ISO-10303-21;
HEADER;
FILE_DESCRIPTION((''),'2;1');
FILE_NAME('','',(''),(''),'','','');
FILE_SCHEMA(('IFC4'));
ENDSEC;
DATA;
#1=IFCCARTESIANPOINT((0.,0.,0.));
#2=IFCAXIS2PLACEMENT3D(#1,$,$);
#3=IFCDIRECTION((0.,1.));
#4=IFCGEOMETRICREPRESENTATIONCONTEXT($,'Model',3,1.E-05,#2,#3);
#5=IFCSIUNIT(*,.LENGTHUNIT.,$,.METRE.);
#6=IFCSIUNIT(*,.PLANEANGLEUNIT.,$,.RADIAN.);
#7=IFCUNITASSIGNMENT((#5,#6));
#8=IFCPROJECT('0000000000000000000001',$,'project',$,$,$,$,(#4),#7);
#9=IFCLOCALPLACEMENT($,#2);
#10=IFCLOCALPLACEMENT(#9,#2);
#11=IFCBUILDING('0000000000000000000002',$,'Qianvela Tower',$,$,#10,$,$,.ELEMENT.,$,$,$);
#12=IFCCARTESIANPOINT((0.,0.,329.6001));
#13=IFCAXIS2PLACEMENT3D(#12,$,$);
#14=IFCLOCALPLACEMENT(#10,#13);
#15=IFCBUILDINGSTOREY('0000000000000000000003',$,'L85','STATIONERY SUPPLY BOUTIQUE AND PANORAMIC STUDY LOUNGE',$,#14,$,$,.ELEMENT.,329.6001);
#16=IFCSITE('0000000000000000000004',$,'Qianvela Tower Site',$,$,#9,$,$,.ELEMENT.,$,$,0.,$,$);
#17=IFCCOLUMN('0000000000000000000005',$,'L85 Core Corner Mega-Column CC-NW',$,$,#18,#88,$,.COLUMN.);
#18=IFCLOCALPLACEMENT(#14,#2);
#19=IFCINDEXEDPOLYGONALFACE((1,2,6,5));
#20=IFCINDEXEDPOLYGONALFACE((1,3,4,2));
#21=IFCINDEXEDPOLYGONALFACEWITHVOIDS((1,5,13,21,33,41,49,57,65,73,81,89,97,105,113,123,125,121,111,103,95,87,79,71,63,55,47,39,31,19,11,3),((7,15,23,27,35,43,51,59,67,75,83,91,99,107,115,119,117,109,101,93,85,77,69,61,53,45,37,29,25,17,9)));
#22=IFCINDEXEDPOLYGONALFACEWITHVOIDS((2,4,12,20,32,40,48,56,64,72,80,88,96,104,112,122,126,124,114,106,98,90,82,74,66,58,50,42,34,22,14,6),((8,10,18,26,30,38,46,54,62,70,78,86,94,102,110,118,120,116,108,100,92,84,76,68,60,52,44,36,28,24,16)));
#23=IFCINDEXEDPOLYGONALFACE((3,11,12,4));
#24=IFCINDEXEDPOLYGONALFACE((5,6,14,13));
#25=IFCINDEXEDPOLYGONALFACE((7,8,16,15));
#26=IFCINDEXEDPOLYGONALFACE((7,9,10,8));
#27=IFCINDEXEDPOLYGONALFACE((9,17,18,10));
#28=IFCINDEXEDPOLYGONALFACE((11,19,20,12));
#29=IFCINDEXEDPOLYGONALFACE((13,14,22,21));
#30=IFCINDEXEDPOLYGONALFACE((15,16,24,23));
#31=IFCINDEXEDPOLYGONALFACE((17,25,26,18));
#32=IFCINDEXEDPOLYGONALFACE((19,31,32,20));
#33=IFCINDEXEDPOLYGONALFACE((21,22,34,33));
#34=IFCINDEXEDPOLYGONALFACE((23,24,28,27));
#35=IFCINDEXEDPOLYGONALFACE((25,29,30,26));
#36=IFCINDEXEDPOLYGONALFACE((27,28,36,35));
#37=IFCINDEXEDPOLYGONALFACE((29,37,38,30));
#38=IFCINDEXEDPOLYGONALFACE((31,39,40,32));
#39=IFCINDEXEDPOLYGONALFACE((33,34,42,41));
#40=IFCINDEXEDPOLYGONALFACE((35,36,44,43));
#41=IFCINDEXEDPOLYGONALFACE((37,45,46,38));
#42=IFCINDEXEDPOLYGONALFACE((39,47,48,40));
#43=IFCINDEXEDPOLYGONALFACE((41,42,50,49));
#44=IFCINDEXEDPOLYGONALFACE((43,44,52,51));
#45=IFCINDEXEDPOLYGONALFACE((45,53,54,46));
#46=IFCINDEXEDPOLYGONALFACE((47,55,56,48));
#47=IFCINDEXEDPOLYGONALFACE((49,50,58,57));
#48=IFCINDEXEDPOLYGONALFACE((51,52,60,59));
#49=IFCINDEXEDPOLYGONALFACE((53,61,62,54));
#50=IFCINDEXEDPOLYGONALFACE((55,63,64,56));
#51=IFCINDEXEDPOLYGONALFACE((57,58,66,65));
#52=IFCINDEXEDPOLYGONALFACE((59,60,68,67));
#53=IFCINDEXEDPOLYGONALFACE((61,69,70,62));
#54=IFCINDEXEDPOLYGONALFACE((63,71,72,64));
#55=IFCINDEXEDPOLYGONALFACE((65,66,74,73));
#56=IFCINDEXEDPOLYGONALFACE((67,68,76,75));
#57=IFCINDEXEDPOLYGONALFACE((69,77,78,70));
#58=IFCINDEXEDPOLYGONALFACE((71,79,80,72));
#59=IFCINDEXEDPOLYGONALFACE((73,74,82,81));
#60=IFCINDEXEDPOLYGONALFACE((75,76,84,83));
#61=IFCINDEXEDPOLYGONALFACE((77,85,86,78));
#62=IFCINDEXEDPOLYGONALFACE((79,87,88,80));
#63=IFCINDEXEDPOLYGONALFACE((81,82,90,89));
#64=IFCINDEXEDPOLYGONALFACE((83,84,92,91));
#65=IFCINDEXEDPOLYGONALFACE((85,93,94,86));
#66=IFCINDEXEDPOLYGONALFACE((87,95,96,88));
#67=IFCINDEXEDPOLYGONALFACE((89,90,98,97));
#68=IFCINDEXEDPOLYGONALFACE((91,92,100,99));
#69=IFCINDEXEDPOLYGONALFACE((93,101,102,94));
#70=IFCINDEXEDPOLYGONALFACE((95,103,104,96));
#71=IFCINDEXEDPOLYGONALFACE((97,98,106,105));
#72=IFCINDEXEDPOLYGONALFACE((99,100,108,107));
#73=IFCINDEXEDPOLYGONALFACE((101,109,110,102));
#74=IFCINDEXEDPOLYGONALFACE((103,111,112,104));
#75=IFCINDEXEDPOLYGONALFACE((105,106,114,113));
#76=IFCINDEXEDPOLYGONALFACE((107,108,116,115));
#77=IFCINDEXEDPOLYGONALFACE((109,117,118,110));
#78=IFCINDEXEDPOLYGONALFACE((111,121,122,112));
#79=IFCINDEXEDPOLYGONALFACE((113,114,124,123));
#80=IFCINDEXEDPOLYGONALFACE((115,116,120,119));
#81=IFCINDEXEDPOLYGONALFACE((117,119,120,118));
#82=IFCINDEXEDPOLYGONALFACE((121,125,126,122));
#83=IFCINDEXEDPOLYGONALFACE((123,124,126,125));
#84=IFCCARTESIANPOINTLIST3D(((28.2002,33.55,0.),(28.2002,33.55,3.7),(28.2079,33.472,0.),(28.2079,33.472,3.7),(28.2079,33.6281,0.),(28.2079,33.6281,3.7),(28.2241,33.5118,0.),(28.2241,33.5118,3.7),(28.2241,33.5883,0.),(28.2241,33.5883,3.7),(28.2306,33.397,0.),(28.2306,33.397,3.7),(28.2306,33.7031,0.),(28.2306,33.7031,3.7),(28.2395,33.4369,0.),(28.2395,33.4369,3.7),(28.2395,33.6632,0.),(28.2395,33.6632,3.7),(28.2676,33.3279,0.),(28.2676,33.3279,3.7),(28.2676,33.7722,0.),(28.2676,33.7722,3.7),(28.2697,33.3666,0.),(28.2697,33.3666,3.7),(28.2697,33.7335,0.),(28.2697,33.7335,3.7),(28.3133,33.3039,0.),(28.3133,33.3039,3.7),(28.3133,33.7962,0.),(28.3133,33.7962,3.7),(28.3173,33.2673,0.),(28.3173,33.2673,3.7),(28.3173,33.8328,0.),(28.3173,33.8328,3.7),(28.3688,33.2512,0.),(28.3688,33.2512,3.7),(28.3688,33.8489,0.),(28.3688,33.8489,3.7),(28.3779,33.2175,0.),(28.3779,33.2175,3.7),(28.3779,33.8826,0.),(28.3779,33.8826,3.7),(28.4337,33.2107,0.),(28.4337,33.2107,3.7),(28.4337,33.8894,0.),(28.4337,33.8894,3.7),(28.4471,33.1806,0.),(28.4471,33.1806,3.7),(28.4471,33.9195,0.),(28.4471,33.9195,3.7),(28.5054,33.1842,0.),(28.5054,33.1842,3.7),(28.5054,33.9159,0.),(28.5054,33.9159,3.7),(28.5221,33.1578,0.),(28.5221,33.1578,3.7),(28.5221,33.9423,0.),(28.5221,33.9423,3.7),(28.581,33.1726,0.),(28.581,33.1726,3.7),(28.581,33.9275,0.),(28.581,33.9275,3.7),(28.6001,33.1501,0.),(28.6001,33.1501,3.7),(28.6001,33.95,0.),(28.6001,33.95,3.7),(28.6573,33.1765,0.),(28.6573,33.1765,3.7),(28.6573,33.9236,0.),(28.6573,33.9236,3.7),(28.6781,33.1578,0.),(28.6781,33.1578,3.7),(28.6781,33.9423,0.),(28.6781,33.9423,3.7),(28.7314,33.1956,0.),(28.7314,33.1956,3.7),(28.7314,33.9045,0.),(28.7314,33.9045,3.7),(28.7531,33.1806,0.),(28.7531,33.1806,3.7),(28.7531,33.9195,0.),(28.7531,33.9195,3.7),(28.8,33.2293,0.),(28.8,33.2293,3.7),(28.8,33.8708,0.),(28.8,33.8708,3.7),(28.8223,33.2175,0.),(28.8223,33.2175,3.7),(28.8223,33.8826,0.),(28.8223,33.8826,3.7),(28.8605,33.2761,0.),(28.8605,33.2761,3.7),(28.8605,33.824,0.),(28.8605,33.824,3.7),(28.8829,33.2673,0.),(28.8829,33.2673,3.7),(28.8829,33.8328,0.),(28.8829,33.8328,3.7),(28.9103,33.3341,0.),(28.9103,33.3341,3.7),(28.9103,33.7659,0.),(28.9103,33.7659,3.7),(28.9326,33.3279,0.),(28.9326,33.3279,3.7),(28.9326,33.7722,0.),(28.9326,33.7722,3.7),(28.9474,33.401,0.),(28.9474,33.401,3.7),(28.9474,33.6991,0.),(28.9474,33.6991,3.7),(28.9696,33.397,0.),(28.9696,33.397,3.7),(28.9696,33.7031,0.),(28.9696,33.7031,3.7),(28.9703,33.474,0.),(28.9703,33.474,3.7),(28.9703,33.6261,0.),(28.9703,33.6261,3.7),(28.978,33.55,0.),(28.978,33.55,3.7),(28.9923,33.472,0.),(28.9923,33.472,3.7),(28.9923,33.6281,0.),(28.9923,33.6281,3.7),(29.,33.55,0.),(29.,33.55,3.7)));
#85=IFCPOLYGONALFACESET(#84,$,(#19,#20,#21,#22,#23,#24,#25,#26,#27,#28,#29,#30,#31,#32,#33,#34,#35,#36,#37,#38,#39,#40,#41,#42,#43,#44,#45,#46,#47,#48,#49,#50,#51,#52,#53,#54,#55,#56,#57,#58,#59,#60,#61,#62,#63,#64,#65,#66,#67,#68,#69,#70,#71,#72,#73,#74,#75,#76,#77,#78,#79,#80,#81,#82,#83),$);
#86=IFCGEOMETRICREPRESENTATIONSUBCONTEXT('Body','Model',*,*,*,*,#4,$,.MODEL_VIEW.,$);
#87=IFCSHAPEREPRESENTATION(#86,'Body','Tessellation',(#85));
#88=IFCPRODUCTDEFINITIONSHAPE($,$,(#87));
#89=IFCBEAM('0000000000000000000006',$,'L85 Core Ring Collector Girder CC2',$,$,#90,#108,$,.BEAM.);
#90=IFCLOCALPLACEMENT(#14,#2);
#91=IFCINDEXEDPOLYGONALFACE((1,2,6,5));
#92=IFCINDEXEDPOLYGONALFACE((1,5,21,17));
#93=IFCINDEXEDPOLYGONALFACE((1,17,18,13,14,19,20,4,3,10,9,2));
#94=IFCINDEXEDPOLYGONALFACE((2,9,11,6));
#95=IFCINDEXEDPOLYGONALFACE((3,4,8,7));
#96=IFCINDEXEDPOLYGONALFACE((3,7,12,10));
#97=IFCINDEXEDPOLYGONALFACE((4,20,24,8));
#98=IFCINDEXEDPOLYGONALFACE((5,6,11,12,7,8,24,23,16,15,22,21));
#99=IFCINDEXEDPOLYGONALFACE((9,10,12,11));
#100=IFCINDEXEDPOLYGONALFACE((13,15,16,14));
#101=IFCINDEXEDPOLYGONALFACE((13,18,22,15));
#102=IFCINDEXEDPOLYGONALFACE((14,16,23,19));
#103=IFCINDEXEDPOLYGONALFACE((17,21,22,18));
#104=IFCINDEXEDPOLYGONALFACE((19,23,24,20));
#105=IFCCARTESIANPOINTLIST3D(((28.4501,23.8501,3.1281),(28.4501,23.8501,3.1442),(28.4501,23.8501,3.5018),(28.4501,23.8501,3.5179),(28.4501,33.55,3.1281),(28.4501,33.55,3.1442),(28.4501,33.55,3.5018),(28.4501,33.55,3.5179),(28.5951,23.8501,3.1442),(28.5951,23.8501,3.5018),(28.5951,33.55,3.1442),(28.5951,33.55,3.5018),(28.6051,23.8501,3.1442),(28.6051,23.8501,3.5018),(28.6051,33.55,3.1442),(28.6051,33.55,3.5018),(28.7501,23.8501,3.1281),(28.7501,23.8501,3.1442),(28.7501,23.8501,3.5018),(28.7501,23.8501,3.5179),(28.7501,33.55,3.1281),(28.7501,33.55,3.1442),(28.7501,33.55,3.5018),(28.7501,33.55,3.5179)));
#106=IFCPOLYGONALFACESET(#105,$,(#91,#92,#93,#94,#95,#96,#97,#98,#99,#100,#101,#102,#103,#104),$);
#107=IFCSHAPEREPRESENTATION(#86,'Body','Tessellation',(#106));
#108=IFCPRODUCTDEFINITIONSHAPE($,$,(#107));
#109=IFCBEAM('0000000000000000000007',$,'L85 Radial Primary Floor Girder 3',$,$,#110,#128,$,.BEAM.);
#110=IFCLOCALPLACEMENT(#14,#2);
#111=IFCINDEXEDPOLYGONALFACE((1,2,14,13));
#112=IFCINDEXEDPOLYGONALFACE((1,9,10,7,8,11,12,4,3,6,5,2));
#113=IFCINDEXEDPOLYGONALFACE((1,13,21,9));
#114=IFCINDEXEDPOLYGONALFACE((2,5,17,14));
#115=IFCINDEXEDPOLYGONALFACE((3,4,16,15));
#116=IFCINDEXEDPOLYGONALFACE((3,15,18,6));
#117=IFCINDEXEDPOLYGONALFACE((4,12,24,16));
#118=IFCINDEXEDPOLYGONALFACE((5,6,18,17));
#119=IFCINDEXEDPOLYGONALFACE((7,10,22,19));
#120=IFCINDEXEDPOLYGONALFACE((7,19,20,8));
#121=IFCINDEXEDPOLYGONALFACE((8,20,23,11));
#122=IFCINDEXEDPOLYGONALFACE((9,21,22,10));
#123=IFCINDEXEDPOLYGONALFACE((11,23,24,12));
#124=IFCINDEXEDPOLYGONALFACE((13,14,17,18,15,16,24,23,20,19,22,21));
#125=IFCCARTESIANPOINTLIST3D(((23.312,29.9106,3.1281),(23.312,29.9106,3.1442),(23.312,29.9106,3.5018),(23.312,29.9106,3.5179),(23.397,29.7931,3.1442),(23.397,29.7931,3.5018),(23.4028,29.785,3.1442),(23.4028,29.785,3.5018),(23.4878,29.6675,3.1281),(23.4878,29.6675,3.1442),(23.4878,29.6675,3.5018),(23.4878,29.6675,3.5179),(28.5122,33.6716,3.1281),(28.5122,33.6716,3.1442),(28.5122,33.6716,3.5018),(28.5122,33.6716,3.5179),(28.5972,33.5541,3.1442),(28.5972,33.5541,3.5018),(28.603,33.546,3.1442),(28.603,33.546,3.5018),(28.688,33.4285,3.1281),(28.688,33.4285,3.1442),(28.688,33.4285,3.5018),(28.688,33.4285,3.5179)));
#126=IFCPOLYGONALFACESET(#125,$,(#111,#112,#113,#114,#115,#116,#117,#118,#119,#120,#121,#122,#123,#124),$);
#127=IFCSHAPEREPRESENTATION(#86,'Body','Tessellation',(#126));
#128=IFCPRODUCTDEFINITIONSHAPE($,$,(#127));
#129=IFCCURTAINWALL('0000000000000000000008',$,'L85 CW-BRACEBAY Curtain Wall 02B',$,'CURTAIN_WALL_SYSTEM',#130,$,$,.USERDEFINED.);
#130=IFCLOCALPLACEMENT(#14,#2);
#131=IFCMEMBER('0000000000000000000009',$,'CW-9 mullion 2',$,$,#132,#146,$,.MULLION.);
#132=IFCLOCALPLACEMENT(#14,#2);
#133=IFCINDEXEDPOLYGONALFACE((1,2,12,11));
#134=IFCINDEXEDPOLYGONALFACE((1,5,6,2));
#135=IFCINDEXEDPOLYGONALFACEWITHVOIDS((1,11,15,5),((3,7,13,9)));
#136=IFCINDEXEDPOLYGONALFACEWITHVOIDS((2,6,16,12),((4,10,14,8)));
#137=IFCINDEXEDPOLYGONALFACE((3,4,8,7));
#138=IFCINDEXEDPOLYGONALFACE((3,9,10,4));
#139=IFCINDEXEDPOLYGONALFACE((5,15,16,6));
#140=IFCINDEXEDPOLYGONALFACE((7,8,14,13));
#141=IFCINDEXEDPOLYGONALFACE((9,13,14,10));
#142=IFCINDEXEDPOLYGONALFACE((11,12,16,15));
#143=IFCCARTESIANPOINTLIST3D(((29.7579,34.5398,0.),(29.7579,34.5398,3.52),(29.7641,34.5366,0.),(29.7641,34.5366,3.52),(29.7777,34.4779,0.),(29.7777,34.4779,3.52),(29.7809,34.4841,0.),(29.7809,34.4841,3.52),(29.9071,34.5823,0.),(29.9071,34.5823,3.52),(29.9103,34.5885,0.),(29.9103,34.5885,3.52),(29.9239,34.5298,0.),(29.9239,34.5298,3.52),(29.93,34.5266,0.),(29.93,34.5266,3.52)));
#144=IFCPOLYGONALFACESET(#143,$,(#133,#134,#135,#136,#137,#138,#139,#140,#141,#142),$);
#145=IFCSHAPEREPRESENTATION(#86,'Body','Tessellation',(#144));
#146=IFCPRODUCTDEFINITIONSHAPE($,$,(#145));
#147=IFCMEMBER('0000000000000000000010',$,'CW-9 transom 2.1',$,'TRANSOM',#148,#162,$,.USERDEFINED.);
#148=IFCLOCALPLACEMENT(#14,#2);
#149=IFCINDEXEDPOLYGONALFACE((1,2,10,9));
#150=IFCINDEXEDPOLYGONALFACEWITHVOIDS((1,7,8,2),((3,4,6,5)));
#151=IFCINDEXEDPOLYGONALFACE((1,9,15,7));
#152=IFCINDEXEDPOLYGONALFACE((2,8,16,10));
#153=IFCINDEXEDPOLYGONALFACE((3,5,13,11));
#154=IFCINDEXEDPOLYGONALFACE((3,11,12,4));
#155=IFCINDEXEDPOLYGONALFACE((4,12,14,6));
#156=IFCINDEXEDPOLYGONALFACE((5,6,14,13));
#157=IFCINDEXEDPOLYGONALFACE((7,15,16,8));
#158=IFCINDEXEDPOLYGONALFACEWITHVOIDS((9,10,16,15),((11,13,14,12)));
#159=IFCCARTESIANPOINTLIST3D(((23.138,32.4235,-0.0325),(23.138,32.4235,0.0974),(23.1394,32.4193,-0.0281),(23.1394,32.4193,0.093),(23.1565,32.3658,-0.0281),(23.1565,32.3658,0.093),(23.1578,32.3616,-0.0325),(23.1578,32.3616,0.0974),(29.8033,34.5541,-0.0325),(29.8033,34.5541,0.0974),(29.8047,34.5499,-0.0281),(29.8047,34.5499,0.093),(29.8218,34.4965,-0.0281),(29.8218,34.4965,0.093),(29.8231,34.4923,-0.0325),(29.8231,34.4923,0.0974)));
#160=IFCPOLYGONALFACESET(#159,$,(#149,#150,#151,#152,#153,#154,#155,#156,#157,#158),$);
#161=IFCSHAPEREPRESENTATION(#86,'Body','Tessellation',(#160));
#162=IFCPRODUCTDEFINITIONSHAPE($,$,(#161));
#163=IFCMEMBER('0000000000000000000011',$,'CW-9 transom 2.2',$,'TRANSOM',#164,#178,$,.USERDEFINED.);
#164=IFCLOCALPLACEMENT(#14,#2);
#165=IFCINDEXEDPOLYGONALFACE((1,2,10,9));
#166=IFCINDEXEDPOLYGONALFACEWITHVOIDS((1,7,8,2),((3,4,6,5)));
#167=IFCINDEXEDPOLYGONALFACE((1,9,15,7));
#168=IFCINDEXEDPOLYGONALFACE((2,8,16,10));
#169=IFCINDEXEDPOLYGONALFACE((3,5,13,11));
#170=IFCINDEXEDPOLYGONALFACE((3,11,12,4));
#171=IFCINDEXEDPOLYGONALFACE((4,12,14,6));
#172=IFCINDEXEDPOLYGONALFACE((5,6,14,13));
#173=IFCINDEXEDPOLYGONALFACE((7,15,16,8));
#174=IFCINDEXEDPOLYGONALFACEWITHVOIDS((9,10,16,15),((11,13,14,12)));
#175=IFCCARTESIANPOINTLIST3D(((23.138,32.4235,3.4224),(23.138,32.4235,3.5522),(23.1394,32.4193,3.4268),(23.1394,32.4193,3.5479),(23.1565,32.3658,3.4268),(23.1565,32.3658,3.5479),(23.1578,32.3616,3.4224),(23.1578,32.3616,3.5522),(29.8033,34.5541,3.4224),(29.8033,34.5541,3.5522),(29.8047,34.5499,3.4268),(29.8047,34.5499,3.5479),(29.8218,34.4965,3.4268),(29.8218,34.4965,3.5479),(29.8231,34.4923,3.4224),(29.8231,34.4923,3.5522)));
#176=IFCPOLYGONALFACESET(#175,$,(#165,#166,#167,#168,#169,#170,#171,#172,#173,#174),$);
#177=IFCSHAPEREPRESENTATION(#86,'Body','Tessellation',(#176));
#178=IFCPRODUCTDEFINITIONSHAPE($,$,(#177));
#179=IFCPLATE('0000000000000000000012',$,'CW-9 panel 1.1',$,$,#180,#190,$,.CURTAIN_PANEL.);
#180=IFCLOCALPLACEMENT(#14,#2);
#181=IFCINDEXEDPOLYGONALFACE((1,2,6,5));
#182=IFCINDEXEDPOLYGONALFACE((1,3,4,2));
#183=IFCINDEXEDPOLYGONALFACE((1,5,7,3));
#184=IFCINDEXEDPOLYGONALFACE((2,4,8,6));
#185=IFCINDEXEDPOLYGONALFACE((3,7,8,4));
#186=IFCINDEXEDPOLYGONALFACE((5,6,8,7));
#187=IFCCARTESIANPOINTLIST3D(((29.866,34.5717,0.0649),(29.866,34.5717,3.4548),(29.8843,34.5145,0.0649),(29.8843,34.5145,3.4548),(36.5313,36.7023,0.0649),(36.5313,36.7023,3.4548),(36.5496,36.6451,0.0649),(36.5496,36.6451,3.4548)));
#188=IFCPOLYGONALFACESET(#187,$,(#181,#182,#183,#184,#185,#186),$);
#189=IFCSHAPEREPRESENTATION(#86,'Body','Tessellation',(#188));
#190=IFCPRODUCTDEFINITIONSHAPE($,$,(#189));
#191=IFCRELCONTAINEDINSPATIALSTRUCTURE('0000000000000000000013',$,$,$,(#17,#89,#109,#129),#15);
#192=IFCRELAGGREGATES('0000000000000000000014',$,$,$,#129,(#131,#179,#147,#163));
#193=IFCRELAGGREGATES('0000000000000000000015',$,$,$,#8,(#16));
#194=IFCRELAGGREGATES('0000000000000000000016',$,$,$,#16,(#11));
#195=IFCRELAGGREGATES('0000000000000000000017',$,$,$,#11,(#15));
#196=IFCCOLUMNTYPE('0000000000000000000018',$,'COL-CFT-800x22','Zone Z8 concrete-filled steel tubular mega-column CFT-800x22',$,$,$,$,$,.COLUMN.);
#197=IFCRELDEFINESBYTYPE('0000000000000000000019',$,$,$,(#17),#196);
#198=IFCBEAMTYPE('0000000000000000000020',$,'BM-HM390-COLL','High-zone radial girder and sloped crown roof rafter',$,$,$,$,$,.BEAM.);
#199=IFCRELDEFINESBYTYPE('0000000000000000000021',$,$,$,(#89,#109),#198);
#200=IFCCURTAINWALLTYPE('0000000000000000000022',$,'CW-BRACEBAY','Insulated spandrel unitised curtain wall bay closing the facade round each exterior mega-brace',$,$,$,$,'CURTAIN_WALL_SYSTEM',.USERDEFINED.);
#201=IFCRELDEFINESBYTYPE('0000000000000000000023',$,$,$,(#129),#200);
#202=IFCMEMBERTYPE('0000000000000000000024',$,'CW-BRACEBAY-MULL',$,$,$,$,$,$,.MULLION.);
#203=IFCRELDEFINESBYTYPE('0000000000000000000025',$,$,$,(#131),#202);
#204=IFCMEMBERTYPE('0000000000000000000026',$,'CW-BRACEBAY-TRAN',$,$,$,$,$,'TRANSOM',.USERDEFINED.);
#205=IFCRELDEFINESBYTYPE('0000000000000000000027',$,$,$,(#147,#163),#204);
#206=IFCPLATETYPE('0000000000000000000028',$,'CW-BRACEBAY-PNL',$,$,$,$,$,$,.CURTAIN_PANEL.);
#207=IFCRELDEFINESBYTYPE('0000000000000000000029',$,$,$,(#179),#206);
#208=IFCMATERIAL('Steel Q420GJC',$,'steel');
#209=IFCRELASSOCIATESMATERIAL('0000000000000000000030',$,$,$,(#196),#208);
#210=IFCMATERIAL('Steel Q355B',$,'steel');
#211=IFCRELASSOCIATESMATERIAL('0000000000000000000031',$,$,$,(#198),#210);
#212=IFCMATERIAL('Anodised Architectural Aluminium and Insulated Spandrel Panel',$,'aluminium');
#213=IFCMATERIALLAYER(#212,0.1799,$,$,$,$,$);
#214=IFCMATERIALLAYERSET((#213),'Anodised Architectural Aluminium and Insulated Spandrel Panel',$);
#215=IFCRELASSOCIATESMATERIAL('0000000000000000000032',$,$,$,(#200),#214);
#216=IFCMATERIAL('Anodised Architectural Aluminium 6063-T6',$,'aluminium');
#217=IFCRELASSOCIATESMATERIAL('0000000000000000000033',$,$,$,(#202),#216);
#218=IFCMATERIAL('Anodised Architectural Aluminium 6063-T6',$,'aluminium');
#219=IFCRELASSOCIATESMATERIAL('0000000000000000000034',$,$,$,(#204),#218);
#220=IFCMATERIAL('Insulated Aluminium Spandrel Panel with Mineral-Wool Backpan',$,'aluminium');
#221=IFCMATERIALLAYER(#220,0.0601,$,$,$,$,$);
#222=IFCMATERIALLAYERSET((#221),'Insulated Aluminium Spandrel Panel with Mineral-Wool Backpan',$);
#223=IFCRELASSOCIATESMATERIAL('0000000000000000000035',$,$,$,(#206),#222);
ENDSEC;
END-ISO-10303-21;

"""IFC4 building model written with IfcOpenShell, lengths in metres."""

from ifc_helpers import new_model, si_unit, direction, frame, origin, origin_2d, place, context, subcontext, project, spatial, rectangle, hollow_rectangle, hollow_circle, i_section, extrude, material, layer, layer_set, material_profile, profile_set, type_object, element, aggregate, save


model = new_model("IFC4")

# Units and contexts
model_context = context("Model", 3, precision=1e-05, world=origin(), true_north=direction((0.0, 1.0)))
body_context = subcontext(model_context, "Body", "Model", "MODEL_VIEW")
ifc_project = project(units=[si_unit("LENGTHUNIT", "METRE"), si_unit("PLANEANGLEUNIT", "RADIAN")], contexts=[model_context])

# Site, building, storey
site_placement = place(None, origin())
site = spatial("IfcSite", under=ifc_project, at=site_placement, Name="Qianvela Tower Site", CompositionType="ELEMENT", RefElevation=0.0)
building_placement = place(site_placement, origin())
building = spatial("IfcBuilding", under=site, at=building_placement, Name="Qianvela Tower", CompositionType="ELEMENT")
storey_placement = place(building_placement, frame((0.0, 0.0, 329.6001)))
storey = spatial("IfcBuildingStorey", under=building, at=storey_placement, Name="L85", Description="STATIONERY SUPPLY BOUTIQUE AND PANORAMIC STUDY LOUNGE", CompositionType="ELEMENT", Elevation=329.6001)

# Column
ifc_material_1 = material(Name="Steel Q420GJC", Category="steel")
ifc_material_profile_1 = material_profile(ifc_material_1, hollow_circle(Radius=0.3999, WallThickness=0.022, at=origin_2d()), Name="CFT-800x22")
ifc_profile_set_1 = profile_set([ifc_material_profile_1], Name="Steel Q420GJC")
column_type = type_object("IfcColumnType", Name="COL-CFT-800x22", Description="Zone Z8 concrete-filled steel tubular mega-column CFT-800x22", PredefinedType="COLUMN", material=ifc_profile_set_1)
column_placement = place(storey_placement, frame((28.6001, 33.55, 0.0), z_axis=(0.0, 0.0, 1.0), x_axis=(1.0, 0.0, 0.0)))
element("IfcColumn", 1, at=column_placement, inside=storey, type_object=column_type, Name="L85 Core Corner Mega-Column CC-NW", PredefinedType="COLUMN", context=body_context, shape_type="SweptSolid", body=[
    extrude(hollow_circle(Radius=0.3999, WallThickness=0.022, at=origin_2d()), origin(), (0.0, 0.0, 1.0), 3.7),
])

# Beams
ifc_material_2 = material(Name="Steel Q355B", Category="steel")
ifc_material_profile_2 = material_profile(ifc_material_2, i_section(OverallWidth=0.3, OverallDepth=0.3899, WebThickness=0.01, FlangeThickness=0.0161, at=origin_2d()), Name="HM390x300x10x16")
ifc_profile_set_2 = profile_set([ifc_material_profile_2], Name="Steel Q355B")
beam_type = type_object("IfcBeamType", Name="BM-HM390-COLL", Description="High-zone radial girder and sloped crown roof rafter", PredefinedType="BEAM", material=ifc_profile_set_2)
beam_1_placement = place(storey_placement, frame((28.6001, 33.55, 3.323), z_axis=(0.0, -1.0, 0.0), x_axis=(1.0, 0.0, 0.0)))
element("IfcBeam", 2, at=beam_1_placement, inside=storey, type_object=beam_type, Name="L85 Core Ring Collector Girder CC2", PredefinedType="BEAM", context=body_context, shape_type="SweptSolid", body=[
    extrude(i_section(OverallWidth=0.3, OverallDepth=0.3899, WebThickness=0.01, FlangeThickness=0.0161, at=origin_2d()), origin(), (0.0, 0.0, 1.0), 9.7),
])
beam_2_placement = place(storey_placement, frame((28.6001, 33.55, 3.323), z_axis=(-0.810288, -0.586032, 0.0), x_axis=(0.586032, -0.810288, 0.0)))
element("IfcBeam", 3, at=beam_2_placement, inside=storey, type_object=beam_type, Name="L85 Radial Primary Floor Girder 3", PredefinedType="BEAM", context=body_context, shape_type="SweptSolid", body=[
    extrude(i_section(OverallWidth=0.3, OverallDepth=0.3899, WebThickness=0.01, FlangeThickness=0.0161, at=origin_2d()), origin(), (0.0, 0.0, 1.0), 6.4177),
])

# Curtain wall, members, plate
ifc_material_3 = material(Name="Anodised Architectural Aluminium and Insulated Spandrel Panel", Category="aluminium")
ifc_layer_1 = layer(ifc_material_3, 0.1799)
ifc_layer_set_1 = layer_set([ifc_layer_1], Name="Anodised Architectural Aluminium and Insulated Spandrel Panel")
curtain_wall_type = type_object("IfcCurtainWallType", Name="CW-BRACEBAY", Description="Insulated spandrel unitised curtain wall bay closing the facade round each exterior mega-brace", ElementType="CURTAIN_WALL_SYSTEM", PredefinedType="USERDEFINED", material=ifc_layer_set_1)
curtain_wall_placement = place(storey_placement, origin())
curtain_wall = element("IfcCurtainWall", 4, at=curtain_wall_placement, inside=storey, type_object=curtain_wall_type, Name="L85 CW-BRACEBAY Curtain Wall 02B", ObjectType="CURTAIN_WALL_SYSTEM", PredefinedType="USERDEFINED")
ifc_material_4 = material(Name="Anodised Architectural Aluminium 6063-T6", Category="aluminium")
ifc_material_profile_3 = material_profile(ifc_material_4, hollow_rectangle(XDim=0.0649, YDim=0.1599, WallThickness=0.0049, at=origin_2d()), Name="ALU-MULL-65x160")
ifc_profile_set_3 = profile_set([ifc_material_profile_3], Name="Anodised Architectural Aluminium 6063-T6")
member_type_1 = type_object("IfcMemberType", Name="CW-BRACEBAY-MULL", PredefinedType="MULLION", material=ifc_profile_set_3)
member_1_placement = place(storey_placement, frame((29.844, 34.5332, 0.0), z_axis=(0.0, 0.0, 1.0), x_axis=(0.304483, -0.952518, 0.0)))
member_1 = element("IfcMember", 5, at=member_1_placement, type_object=member_type_1, Name="CW-9 mullion 2", PredefinedType="MULLION", context=body_context, shape_type="SweptSolid", body=[
    extrude(hollow_rectangle(XDim=0.0649, YDim=0.1599, WallThickness=0.0049, at=origin_2d()), origin(), (0.0, 0.0, 1.0), 3.52),
])
ifc_material_5 = material(Name="Anodised Architectural Aluminium 6063-T6", Category="aluminium")
ifc_material_profile_4 = material_profile(ifc_material_5, hollow_rectangle(XDim=0.0649, YDim=0.1299, WallThickness=0.0044, at=origin_2d()), Name="ALU-TRAN-65x130")
ifc_profile_set_4 = profile_set([ifc_material_profile_4], Name="Anodised Architectural Aluminium 6063-T6")
member_type_2 = type_object("IfcMemberType", Name="CW-BRACEBAY-TRAN", ElementType="TRANSOM", PredefinedType="USERDEFINED", material=ifc_profile_set_4)
member_2_placement = place(storey_placement, frame((29.8132, 34.5232, 0.0325), z_axis=(-0.952518, -0.304481, 0.0), x_axis=(0.304481, -0.952518, 0.0)))
member_2 = element("IfcMember", 6, at=member_2_placement, type_object=member_type_2, Name="CW-9 transom 2.1", ObjectType="TRANSOM", PredefinedType="USERDEFINED", context=body_context, shape_type="SweptSolid", body=[
    extrude(hollow_rectangle(XDim=0.0649, YDim=0.1299, WallThickness=0.0044, at=origin_2d()), origin(), (0.0, 0.0, 1.0), 6.9976),
])
member_3_placement = place(storey_placement, frame((29.8132, 34.5232, 3.4873), z_axis=(-0.952518, -0.304481, 0.0), x_axis=(0.304481, -0.952518, 0.0)))
member_3 = element("IfcMember", 7, at=member_3_placement, type_object=member_type_2, Name="CW-9 transom 2.2", ObjectType="TRANSOM", PredefinedType="USERDEFINED", context=body_context, shape_type="SweptSolid", body=[
    extrude(hollow_rectangle(XDim=0.0649, YDim=0.1299, WallThickness=0.0044, at=origin_2d()), origin(), (0.0, 0.0, 1.0), 6.9976),
])
ifc_material_6 = material(Name="Insulated Aluminium Spandrel Panel with Mineral-Wool Backpan", Category="aluminium")
ifc_layer_2 = layer(ifc_material_6, 0.0601)
ifc_layer_set_2 = layer_set([ifc_layer_2], Name="Insulated Aluminium Spandrel Panel with Mineral-Wool Backpan")
plate_type_1 = type_object("IfcPlateType", Name="CW-BRACEBAY-PNL", PredefinedType="CURTAIN_PANEL", material=ifc_layer_set_2)
plate_1_placement = place(storey_placement, frame((33.2078, 35.6084, 0.0649), z_axis=(0.0, 0.0, 1.0), x_axis=(-0.952518, -0.304483, 0.0)))
plate_1 = element("IfcPlate", 8, at=plate_1_placement, type_object=plate_type_1, Name="CW-9 panel 1.1", PredefinedType="CURTAIN_PANEL", context=body_context, shape_type="SweptSolid", body=[
    extrude(rectangle(XDim=6.9976, YDim=0.0601, at=origin_2d()), origin(), (0.0, 0.0, 1.0), 3.3899),
])
aggregate(curtain_wall, [member_1, plate_1, member_2, member_3])

save(model, "model.ifc")
